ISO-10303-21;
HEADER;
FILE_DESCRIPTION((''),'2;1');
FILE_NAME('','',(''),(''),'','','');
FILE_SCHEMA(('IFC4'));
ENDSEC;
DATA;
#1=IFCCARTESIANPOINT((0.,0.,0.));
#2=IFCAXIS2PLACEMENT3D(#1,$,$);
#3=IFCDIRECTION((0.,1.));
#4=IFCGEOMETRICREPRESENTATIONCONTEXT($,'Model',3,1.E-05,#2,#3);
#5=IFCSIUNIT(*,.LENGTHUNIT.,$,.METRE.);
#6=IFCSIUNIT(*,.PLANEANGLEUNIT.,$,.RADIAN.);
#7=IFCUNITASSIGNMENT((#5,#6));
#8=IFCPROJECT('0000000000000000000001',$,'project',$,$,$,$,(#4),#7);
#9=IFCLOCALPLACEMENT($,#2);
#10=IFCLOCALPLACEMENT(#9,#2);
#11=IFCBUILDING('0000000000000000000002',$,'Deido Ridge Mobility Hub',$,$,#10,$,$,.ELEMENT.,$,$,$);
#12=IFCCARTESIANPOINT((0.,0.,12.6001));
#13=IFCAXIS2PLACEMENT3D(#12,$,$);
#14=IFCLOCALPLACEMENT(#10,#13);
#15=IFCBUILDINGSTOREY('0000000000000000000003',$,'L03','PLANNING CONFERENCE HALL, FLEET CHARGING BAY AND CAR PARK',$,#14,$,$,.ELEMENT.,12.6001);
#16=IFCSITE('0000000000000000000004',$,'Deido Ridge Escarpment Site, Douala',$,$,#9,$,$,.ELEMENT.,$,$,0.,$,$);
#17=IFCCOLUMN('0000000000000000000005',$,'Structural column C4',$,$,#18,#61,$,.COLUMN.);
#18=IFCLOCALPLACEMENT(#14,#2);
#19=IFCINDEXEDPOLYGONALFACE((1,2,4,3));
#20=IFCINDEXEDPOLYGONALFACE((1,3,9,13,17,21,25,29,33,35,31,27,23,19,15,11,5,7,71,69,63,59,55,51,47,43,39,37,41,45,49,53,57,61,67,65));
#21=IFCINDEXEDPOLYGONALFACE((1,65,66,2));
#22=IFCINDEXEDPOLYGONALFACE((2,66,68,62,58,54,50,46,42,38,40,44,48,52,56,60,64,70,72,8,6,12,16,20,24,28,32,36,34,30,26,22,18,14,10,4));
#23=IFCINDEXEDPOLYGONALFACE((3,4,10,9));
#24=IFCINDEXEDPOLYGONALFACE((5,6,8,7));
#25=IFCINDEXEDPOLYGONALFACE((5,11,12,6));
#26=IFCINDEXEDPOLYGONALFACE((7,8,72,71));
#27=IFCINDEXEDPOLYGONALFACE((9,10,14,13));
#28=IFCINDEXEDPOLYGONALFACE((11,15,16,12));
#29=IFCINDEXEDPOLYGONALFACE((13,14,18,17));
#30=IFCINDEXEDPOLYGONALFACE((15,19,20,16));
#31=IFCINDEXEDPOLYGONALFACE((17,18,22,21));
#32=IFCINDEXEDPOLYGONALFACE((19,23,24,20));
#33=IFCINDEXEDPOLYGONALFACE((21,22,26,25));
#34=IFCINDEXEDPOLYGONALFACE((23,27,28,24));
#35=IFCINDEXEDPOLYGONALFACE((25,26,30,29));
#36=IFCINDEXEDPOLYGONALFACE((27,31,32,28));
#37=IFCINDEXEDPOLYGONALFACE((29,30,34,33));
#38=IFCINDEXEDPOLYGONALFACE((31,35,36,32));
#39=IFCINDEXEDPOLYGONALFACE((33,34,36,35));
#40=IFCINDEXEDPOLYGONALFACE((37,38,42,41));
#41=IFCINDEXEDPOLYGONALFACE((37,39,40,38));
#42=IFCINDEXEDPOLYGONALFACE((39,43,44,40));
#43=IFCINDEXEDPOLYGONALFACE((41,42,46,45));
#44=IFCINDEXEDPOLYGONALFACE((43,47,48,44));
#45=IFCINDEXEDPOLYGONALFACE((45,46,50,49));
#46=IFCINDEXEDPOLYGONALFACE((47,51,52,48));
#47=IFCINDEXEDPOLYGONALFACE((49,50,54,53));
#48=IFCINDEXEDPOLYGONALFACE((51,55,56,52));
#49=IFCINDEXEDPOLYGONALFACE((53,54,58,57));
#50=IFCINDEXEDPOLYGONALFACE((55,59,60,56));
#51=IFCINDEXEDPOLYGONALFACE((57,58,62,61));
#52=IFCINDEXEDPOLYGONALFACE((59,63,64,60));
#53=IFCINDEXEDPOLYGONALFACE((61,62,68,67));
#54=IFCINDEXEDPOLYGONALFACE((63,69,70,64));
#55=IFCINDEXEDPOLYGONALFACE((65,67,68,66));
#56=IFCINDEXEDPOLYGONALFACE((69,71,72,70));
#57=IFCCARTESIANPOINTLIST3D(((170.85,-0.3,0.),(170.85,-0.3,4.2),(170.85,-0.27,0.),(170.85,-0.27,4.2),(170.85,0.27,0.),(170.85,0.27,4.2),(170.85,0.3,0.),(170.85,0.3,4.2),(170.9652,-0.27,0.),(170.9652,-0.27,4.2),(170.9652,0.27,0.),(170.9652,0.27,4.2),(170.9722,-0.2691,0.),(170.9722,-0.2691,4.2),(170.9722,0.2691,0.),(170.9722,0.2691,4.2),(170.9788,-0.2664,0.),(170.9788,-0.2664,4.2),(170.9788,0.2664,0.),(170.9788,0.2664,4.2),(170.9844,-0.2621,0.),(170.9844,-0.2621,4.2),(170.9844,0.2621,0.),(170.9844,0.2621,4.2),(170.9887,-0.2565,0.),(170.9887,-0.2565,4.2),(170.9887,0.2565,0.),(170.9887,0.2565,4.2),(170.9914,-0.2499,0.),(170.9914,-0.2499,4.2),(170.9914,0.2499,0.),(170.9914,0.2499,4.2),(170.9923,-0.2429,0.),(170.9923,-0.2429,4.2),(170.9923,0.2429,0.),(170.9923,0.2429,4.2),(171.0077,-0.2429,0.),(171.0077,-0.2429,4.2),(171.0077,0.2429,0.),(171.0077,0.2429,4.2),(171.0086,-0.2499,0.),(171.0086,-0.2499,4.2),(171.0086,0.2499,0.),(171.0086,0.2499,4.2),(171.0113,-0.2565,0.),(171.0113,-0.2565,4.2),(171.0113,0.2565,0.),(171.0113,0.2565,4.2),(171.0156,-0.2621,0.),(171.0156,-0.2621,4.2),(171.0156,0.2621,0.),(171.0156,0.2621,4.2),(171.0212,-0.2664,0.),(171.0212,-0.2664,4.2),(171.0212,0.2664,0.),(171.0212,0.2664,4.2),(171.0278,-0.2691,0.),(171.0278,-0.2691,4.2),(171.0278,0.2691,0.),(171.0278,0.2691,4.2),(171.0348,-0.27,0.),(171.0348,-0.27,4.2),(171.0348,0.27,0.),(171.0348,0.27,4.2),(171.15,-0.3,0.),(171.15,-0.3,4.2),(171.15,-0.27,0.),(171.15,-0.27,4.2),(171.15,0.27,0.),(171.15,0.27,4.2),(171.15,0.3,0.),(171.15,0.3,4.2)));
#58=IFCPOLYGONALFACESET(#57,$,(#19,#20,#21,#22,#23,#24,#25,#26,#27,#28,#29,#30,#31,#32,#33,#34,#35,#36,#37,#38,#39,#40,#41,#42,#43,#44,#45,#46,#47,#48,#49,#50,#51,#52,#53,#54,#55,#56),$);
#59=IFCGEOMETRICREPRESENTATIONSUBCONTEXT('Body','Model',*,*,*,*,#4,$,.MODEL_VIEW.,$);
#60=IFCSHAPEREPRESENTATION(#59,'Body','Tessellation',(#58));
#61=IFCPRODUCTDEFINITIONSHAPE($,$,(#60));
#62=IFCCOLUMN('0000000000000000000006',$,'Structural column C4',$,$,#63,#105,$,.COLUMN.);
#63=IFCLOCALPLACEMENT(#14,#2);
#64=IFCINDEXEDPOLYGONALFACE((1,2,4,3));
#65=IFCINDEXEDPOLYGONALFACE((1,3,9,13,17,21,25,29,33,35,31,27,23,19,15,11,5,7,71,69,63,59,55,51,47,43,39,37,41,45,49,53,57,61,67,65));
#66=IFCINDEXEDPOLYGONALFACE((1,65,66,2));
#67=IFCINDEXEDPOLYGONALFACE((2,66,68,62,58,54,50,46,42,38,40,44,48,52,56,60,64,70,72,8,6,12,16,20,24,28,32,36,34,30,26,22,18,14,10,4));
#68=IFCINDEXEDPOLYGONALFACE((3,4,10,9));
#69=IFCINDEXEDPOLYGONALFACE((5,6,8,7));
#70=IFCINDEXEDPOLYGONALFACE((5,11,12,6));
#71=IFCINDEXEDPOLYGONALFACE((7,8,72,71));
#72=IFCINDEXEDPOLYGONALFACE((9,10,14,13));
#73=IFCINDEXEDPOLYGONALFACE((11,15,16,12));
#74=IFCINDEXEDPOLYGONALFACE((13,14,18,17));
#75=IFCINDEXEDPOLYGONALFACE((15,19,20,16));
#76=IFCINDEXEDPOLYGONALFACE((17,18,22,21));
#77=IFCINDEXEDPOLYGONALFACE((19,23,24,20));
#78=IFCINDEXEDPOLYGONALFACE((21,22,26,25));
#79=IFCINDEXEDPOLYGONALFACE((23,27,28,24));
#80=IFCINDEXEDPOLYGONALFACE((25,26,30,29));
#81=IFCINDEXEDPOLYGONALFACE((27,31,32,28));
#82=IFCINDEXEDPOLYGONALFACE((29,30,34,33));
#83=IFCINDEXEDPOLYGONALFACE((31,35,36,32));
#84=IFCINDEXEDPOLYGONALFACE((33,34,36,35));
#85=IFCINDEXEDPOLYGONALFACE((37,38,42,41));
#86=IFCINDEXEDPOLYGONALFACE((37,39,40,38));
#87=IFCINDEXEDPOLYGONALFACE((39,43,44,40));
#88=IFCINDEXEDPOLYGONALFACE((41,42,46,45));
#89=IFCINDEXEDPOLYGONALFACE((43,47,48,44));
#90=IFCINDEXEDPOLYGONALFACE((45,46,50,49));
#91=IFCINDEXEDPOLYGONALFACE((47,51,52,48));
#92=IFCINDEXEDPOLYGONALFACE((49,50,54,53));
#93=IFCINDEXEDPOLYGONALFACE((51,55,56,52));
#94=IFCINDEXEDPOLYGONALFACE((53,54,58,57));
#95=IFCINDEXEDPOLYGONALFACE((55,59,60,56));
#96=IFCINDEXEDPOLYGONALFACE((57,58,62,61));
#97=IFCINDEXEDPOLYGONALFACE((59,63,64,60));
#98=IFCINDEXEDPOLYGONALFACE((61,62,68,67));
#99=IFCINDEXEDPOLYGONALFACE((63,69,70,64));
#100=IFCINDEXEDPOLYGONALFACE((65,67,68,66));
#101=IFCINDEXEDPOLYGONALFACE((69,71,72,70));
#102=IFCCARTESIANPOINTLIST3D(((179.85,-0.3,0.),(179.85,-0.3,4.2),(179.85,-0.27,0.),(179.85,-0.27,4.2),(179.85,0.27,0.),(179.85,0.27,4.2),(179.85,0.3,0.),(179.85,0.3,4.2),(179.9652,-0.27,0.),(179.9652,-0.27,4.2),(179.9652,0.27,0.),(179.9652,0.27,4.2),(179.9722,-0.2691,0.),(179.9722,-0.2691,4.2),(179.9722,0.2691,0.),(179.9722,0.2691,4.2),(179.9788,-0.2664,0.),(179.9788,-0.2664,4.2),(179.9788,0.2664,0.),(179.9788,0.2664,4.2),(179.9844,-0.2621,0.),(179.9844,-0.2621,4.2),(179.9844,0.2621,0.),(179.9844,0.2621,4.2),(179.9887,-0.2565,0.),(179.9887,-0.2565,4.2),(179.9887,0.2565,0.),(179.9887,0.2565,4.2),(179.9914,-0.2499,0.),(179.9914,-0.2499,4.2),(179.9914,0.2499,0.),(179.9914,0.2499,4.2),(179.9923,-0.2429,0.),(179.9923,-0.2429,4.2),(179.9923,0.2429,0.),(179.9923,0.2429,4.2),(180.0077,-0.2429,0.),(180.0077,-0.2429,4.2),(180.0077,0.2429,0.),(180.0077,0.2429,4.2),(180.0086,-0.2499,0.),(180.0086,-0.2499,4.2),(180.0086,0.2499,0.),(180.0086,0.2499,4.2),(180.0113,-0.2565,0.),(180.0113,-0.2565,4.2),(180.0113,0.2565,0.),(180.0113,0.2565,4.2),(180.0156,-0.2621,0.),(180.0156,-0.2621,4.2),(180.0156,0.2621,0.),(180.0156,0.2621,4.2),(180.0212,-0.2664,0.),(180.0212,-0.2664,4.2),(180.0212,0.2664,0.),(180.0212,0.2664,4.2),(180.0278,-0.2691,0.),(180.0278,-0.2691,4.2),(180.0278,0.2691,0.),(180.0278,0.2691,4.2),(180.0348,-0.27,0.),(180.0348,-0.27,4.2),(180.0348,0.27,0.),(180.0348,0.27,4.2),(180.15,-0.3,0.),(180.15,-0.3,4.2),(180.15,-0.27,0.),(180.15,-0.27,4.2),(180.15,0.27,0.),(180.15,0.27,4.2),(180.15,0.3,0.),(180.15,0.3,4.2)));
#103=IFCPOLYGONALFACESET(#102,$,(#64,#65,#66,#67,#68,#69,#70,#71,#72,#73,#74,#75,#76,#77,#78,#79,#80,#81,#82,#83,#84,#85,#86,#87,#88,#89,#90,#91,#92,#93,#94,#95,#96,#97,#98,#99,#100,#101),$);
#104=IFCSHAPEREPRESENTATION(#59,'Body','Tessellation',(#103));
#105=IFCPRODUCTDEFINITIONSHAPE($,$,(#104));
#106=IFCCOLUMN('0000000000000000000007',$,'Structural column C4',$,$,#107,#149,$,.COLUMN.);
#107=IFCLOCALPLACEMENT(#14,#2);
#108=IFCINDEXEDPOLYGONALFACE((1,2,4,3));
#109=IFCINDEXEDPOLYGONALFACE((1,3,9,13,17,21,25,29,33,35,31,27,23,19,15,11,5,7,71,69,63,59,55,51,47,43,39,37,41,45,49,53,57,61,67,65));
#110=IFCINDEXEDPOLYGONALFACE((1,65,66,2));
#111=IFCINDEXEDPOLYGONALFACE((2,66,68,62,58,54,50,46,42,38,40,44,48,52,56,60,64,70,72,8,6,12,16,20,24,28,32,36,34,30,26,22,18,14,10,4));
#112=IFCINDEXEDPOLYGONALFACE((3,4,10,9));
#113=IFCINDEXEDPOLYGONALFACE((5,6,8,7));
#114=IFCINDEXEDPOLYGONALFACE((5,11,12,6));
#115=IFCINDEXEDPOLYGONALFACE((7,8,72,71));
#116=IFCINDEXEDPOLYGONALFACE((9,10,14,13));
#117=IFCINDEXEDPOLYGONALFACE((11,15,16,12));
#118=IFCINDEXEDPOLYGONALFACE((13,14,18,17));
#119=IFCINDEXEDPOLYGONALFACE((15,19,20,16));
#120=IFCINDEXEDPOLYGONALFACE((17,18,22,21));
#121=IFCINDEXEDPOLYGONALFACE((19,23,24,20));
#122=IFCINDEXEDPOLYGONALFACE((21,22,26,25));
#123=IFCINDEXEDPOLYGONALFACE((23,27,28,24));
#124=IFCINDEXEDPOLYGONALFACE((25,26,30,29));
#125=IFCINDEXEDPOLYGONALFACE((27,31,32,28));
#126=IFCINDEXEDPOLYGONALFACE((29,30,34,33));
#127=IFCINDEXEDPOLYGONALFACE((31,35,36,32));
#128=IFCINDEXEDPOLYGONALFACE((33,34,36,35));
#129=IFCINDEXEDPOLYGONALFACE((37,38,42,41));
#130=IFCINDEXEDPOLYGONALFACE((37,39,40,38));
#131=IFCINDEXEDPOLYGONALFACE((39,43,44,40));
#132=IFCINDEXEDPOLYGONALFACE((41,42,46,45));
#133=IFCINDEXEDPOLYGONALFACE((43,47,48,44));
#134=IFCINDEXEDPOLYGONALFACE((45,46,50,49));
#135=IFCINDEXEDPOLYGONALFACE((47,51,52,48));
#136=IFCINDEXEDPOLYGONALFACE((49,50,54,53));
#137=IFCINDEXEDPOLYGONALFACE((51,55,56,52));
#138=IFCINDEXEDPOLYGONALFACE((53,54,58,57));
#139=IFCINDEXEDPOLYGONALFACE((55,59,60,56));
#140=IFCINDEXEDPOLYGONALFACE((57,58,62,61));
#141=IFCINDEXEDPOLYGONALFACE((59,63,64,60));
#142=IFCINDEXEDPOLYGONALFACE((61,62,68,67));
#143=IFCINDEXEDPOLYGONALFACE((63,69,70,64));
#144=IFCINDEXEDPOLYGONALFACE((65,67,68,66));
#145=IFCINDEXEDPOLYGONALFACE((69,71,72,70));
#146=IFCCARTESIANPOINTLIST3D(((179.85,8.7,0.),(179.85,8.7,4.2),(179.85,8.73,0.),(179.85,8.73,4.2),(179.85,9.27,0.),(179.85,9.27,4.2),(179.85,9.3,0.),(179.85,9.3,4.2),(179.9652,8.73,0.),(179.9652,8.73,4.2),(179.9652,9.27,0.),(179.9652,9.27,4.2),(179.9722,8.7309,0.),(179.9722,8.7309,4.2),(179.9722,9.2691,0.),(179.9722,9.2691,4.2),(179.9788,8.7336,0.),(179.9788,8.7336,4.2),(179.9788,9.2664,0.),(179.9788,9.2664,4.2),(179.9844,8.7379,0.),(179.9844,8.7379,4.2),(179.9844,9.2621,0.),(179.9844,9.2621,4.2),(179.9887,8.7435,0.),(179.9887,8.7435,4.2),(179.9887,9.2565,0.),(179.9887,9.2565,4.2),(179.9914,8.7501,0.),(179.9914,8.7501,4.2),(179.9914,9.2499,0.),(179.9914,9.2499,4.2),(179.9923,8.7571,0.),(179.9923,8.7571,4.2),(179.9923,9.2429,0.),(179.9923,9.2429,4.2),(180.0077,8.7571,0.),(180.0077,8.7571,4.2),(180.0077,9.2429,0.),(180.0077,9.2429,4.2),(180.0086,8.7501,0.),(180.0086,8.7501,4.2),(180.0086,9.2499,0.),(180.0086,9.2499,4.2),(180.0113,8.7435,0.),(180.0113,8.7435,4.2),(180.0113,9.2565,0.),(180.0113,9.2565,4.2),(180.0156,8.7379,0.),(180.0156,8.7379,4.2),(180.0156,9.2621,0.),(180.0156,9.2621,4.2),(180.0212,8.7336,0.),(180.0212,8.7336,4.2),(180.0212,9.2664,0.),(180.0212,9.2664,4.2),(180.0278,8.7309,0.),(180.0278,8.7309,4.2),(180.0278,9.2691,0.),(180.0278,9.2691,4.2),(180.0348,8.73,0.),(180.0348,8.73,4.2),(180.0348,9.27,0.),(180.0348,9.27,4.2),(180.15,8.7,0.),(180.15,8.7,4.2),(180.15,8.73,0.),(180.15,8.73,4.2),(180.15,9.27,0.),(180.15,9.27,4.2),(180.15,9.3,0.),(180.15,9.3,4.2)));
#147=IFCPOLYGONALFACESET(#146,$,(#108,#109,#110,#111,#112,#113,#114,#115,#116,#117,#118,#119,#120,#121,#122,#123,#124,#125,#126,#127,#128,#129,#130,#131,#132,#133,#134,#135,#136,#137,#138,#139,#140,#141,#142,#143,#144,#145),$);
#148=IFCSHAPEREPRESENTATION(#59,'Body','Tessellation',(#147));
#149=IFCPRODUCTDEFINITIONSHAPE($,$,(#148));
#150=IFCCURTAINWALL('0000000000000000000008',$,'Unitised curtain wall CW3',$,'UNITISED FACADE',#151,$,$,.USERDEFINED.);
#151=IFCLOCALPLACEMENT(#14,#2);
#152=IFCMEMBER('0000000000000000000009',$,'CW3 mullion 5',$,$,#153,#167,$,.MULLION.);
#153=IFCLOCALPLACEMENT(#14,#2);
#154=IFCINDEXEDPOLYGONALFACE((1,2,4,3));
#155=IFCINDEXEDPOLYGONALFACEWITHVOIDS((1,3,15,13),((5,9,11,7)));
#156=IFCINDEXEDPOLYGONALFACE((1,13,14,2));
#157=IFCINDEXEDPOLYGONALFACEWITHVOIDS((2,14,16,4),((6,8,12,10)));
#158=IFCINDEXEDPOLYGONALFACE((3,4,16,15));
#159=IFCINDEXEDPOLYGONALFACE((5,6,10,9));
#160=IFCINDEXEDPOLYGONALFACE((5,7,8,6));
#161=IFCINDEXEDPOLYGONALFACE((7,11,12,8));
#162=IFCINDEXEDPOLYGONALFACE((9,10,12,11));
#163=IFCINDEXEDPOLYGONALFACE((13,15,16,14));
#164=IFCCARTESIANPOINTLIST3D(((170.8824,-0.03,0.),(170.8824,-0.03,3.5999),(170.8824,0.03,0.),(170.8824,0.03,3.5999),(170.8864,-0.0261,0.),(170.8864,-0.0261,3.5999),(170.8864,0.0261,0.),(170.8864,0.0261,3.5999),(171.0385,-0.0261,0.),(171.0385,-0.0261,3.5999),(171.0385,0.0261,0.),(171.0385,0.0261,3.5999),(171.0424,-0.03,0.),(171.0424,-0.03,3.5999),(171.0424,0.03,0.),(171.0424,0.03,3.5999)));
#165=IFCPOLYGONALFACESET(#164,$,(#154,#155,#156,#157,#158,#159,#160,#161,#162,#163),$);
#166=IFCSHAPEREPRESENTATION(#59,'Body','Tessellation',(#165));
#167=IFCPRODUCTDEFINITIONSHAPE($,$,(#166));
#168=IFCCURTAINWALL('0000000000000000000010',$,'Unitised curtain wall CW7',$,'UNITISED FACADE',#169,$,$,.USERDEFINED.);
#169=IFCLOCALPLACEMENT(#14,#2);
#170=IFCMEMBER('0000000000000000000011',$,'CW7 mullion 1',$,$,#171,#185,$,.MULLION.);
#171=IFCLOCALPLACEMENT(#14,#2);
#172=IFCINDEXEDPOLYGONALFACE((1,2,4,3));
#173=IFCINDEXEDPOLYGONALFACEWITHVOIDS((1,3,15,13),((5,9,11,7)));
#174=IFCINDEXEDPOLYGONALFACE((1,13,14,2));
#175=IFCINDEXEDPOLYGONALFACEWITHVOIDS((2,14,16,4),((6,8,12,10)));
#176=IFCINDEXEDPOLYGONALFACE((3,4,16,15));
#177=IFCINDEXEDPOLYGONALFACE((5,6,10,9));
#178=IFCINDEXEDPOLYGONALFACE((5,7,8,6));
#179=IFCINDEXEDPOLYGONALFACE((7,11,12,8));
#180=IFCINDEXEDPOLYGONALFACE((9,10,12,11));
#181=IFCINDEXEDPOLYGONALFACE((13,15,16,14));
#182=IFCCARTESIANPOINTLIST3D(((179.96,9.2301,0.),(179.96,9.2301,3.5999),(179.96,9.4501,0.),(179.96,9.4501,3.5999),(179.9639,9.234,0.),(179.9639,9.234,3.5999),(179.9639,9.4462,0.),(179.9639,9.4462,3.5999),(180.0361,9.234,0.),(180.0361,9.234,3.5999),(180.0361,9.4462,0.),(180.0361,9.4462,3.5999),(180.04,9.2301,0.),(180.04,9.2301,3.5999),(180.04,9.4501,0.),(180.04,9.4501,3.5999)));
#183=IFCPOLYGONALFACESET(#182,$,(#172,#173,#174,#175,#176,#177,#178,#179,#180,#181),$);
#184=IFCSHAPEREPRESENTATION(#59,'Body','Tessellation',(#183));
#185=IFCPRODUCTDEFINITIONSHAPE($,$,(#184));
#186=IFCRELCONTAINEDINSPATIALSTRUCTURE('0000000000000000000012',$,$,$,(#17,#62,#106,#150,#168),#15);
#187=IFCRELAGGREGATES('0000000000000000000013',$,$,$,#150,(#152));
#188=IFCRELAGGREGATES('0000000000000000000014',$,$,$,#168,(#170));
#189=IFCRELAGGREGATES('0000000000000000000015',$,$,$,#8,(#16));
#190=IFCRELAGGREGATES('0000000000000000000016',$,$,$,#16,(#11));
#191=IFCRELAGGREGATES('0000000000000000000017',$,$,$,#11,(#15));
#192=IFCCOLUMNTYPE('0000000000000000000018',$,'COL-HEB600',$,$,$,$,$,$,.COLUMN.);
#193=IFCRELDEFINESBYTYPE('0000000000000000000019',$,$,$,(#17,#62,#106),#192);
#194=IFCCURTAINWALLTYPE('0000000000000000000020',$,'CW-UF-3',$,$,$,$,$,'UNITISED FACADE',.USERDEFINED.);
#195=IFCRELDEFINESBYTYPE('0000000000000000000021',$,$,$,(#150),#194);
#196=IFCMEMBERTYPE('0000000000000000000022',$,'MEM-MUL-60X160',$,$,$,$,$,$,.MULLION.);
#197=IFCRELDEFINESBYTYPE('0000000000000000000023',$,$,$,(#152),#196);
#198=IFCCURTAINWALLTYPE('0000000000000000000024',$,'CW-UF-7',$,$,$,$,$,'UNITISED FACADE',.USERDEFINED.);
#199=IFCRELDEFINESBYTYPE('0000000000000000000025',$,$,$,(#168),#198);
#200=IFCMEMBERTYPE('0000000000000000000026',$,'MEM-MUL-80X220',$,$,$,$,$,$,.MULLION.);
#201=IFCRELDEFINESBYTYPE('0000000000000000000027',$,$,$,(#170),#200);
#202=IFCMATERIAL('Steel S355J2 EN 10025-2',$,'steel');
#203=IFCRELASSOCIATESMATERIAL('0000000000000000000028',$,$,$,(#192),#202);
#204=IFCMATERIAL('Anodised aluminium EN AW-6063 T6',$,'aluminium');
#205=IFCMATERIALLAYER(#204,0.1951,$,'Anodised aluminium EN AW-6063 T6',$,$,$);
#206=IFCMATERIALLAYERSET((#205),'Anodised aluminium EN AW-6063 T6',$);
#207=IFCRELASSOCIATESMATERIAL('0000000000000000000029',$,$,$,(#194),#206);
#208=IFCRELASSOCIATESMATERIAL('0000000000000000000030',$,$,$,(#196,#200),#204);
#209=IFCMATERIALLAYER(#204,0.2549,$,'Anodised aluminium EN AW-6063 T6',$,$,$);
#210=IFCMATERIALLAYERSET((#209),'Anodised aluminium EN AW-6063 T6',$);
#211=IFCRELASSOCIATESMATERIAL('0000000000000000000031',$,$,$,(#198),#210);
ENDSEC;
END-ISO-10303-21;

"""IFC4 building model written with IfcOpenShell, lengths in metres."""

from ifc_helpers import new_model, si_unit, direction, frame, origin, origin_2d, place, context, subcontext, project, spatial, hollow_rectangle, i_section, extrude, material, layer, layer_set, material_profile, profile_set, type_object, element, aggregate, save


model = new_model("IFC4")

# Units and contexts
model_context = context("Model", 3, precision=1e-05, world=origin(), true_north=direction((0.0, 1.0)))
body_context = subcontext(model_context, "Body", "Model", "MODEL_VIEW")
ifc_project = project(units=[si_unit("LENGTHUNIT", "METRE"), si_unit("PLANEANGLEUNIT", "RADIAN")], contexts=[model_context])

# Site, building, storey
site_placement = place(None, origin())
site = spatial("IfcSite", under=ifc_project, at=site_placement, Name="Deido Ridge Escarpment Site, Douala", CompositionType="ELEMENT", RefElevation=0.0)
building_placement = place(site_placement, origin())
building = spatial("IfcBuilding", under=site, at=building_placement, Name="Deido Ridge Mobility Hub", CompositionType="ELEMENT")
storey_placement = place(building_placement, frame((0.0, 0.0, 12.6001)))
storey = spatial("IfcBuildingStorey", under=building, at=storey_placement, Name="L03", Description="PLANNING CONFERENCE HALL, FLEET CHARGING BAY AND CAR PARK", CompositionType="ELEMENT", Elevation=12.6001)

# Columns
ifc_material_1 = material(Name="Steel S355J2 EN 10025-2", Category="steel")
ifc_material_profile_1 = material_profile(ifc_material_1, i_section(OverallWidth=0.3, OverallDepth=0.6001, WebThickness=0.0154, FlangeThickness=0.03, FilletRadius=0.0271, at=origin_2d()), Name="HEB 600")
ifc_profile_set_1 = profile_set([ifc_material_profile_1], Name="Steel S355J2 EN 10025-2")
column_type = type_object("IfcColumnType", Name="COL-HEB600", PredefinedType="COLUMN", material=ifc_profile_set_1)
for number, where, z_axis, x_axis, name in (
    (1, (171.0, 0.0, 0.0), (0.0, 0.0, 1.0), (1.0, 0.0, 0.0), "Structural column C4"),
    (2, (180.0, 0.0, 0.0), (0.0, 0.0, 1.0), (1.0, 0.0, 0.0), "Structural column C4"),
    (3, (180.0, 9.0, 0.0), (0.0, 0.0, 1.0), (1.0, 0.0, 0.0), "Structural column C4"),
):
    element("IfcColumn", number, at=place(storey_placement, frame(where, z_axis=z_axis, x_axis=x_axis)), inside=storey, type_object=column_type, Name=name, PredefinedType="COLUMN", context=body_context, shape_type="SweptSolid", body=[
        extrude(i_section(OverallWidth=0.3, OverallDepth=0.6001, WebThickness=0.0154, FlangeThickness=0.03, FilletRadius=0.0271, at=origin_2d()), origin(), (0.0, 0.0, 1.0), 4.2),
    ])

# Curtain walls, members
ifc_material_2 = material(Name="Anodised aluminium EN AW-6063 T6", Category="aluminium")
ifc_layer_1 = layer(ifc_material_2, 0.1951, Name="Anodised aluminium EN AW-6063 T6")
ifc_layer_set_1 = layer_set([ifc_layer_1], Name="Anodised aluminium EN AW-6063 T6")
curtain_wall_type_1 = type_object("IfcCurtainWallType", Name="CW-UF-3", ElementType="UNITISED FACADE", PredefinedType="USERDEFINED", material=ifc_layer_set_1)
curtain_wall_1_placement = place(storey_placement, origin())
curtain_wall_1 = element("IfcCurtainWall", 4, at=curtain_wall_1_placement, inside=storey, type_object=curtain_wall_type_1, Name="Unitised curtain wall CW3", ObjectType="UNITISED FACADE", PredefinedType="USERDEFINED")
ifc_material_profile_2 = material_profile(ifc_material_2, hollow_rectangle(XDim=0.0601, YDim=0.1599, WallThickness=0.0039, at=origin_2d()), Name="RHS 60x160x4")
ifc_profile_set_2 = profile_set([ifc_material_profile_2], Name="Anodised aluminium EN AW-6063 T6")
member_type_1 = type_object("IfcMemberType", Name="MEM-MUL-60X160", PredefinedType="MULLION", material=ifc_profile_set_2)
member_1_placement = place(storey_placement, frame((170.9624, 0.0, 0.0), z_axis=(0.0, 0.0, 1.0), x_axis=(0.0, 1.0, 0.0)))
member_1 = element("IfcMember", 5, at=member_1_placement, type_object=member_type_1, Name="CW3 mullion 5", PredefinedType="MULLION", context=body_context, shape_type="SweptSolid", body=[
    extrude(hollow_rectangle(XDim=0.0601, YDim=0.1599, WallThickness=0.0039, at=origin_2d()), origin(), (0.0, 0.0, 1.0), 3.5999),
])
ifc_layer_2 = layer(ifc_material_2, 0.2549, Name="Anodised aluminium EN AW-6063 T6")
ifc_layer_set_2 = layer_set([ifc_layer_2], Name="Anodised aluminium EN AW-6063 T6")
curtain_wall_type_2 = type_object("IfcCurtainWallType", Name="CW-UF-7", ElementType="UNITISED FACADE", PredefinedType="USERDEFINED", material=ifc_layer_set_2)
curtain_wall_2_placement = place(storey_placement, origin())
curtain_wall_2 = element("IfcCurtainWall", 6, at=curtain_wall_2_placement, inside=storey, type_object=curtain_wall_type_2, Name="Unitised curtain wall CW7", ObjectType="UNITISED FACADE", PredefinedType="USERDEFINED")
ifc_material_profile_3 = material_profile(ifc_material_2, hollow_rectangle(XDim=0.0801, YDim=0.22, WallThickness=0.0039, at=origin_2d()), Name="RHS 80x220x4")
ifc_profile_set_3 = profile_set([ifc_material_profile_3], Name="Anodised aluminium EN AW-6063 T6")
member_type_2 = type_object("IfcMemberType", Name="MEM-MUL-80X220", PredefinedType="MULLION", material=ifc_profile_set_3)
member_2_placement = place(storey_placement, frame((180.0, 9.3401, 0.0), z_axis=(0.0, 0.0, 1.0), x_axis=(-1.0, 0.0, 0.0)))
member_2 = element("IfcMember", 7, at=member_2_placement, type_object=member_type_2, Name="CW7 mullion 1", PredefinedType="MULLION", context=body_context, shape_type="SweptSolid", body=[
    extrude(hollow_rectangle(XDim=0.0801, YDim=0.22, WallThickness=0.0039, at=origin_2d()), origin(), (0.0, 0.0, 1.0), 3.5999),
])

aggregate(curtain_wall_1, [member_1])
aggregate(curtain_wall_2, [member_2])

save(model, "model.ifc")
